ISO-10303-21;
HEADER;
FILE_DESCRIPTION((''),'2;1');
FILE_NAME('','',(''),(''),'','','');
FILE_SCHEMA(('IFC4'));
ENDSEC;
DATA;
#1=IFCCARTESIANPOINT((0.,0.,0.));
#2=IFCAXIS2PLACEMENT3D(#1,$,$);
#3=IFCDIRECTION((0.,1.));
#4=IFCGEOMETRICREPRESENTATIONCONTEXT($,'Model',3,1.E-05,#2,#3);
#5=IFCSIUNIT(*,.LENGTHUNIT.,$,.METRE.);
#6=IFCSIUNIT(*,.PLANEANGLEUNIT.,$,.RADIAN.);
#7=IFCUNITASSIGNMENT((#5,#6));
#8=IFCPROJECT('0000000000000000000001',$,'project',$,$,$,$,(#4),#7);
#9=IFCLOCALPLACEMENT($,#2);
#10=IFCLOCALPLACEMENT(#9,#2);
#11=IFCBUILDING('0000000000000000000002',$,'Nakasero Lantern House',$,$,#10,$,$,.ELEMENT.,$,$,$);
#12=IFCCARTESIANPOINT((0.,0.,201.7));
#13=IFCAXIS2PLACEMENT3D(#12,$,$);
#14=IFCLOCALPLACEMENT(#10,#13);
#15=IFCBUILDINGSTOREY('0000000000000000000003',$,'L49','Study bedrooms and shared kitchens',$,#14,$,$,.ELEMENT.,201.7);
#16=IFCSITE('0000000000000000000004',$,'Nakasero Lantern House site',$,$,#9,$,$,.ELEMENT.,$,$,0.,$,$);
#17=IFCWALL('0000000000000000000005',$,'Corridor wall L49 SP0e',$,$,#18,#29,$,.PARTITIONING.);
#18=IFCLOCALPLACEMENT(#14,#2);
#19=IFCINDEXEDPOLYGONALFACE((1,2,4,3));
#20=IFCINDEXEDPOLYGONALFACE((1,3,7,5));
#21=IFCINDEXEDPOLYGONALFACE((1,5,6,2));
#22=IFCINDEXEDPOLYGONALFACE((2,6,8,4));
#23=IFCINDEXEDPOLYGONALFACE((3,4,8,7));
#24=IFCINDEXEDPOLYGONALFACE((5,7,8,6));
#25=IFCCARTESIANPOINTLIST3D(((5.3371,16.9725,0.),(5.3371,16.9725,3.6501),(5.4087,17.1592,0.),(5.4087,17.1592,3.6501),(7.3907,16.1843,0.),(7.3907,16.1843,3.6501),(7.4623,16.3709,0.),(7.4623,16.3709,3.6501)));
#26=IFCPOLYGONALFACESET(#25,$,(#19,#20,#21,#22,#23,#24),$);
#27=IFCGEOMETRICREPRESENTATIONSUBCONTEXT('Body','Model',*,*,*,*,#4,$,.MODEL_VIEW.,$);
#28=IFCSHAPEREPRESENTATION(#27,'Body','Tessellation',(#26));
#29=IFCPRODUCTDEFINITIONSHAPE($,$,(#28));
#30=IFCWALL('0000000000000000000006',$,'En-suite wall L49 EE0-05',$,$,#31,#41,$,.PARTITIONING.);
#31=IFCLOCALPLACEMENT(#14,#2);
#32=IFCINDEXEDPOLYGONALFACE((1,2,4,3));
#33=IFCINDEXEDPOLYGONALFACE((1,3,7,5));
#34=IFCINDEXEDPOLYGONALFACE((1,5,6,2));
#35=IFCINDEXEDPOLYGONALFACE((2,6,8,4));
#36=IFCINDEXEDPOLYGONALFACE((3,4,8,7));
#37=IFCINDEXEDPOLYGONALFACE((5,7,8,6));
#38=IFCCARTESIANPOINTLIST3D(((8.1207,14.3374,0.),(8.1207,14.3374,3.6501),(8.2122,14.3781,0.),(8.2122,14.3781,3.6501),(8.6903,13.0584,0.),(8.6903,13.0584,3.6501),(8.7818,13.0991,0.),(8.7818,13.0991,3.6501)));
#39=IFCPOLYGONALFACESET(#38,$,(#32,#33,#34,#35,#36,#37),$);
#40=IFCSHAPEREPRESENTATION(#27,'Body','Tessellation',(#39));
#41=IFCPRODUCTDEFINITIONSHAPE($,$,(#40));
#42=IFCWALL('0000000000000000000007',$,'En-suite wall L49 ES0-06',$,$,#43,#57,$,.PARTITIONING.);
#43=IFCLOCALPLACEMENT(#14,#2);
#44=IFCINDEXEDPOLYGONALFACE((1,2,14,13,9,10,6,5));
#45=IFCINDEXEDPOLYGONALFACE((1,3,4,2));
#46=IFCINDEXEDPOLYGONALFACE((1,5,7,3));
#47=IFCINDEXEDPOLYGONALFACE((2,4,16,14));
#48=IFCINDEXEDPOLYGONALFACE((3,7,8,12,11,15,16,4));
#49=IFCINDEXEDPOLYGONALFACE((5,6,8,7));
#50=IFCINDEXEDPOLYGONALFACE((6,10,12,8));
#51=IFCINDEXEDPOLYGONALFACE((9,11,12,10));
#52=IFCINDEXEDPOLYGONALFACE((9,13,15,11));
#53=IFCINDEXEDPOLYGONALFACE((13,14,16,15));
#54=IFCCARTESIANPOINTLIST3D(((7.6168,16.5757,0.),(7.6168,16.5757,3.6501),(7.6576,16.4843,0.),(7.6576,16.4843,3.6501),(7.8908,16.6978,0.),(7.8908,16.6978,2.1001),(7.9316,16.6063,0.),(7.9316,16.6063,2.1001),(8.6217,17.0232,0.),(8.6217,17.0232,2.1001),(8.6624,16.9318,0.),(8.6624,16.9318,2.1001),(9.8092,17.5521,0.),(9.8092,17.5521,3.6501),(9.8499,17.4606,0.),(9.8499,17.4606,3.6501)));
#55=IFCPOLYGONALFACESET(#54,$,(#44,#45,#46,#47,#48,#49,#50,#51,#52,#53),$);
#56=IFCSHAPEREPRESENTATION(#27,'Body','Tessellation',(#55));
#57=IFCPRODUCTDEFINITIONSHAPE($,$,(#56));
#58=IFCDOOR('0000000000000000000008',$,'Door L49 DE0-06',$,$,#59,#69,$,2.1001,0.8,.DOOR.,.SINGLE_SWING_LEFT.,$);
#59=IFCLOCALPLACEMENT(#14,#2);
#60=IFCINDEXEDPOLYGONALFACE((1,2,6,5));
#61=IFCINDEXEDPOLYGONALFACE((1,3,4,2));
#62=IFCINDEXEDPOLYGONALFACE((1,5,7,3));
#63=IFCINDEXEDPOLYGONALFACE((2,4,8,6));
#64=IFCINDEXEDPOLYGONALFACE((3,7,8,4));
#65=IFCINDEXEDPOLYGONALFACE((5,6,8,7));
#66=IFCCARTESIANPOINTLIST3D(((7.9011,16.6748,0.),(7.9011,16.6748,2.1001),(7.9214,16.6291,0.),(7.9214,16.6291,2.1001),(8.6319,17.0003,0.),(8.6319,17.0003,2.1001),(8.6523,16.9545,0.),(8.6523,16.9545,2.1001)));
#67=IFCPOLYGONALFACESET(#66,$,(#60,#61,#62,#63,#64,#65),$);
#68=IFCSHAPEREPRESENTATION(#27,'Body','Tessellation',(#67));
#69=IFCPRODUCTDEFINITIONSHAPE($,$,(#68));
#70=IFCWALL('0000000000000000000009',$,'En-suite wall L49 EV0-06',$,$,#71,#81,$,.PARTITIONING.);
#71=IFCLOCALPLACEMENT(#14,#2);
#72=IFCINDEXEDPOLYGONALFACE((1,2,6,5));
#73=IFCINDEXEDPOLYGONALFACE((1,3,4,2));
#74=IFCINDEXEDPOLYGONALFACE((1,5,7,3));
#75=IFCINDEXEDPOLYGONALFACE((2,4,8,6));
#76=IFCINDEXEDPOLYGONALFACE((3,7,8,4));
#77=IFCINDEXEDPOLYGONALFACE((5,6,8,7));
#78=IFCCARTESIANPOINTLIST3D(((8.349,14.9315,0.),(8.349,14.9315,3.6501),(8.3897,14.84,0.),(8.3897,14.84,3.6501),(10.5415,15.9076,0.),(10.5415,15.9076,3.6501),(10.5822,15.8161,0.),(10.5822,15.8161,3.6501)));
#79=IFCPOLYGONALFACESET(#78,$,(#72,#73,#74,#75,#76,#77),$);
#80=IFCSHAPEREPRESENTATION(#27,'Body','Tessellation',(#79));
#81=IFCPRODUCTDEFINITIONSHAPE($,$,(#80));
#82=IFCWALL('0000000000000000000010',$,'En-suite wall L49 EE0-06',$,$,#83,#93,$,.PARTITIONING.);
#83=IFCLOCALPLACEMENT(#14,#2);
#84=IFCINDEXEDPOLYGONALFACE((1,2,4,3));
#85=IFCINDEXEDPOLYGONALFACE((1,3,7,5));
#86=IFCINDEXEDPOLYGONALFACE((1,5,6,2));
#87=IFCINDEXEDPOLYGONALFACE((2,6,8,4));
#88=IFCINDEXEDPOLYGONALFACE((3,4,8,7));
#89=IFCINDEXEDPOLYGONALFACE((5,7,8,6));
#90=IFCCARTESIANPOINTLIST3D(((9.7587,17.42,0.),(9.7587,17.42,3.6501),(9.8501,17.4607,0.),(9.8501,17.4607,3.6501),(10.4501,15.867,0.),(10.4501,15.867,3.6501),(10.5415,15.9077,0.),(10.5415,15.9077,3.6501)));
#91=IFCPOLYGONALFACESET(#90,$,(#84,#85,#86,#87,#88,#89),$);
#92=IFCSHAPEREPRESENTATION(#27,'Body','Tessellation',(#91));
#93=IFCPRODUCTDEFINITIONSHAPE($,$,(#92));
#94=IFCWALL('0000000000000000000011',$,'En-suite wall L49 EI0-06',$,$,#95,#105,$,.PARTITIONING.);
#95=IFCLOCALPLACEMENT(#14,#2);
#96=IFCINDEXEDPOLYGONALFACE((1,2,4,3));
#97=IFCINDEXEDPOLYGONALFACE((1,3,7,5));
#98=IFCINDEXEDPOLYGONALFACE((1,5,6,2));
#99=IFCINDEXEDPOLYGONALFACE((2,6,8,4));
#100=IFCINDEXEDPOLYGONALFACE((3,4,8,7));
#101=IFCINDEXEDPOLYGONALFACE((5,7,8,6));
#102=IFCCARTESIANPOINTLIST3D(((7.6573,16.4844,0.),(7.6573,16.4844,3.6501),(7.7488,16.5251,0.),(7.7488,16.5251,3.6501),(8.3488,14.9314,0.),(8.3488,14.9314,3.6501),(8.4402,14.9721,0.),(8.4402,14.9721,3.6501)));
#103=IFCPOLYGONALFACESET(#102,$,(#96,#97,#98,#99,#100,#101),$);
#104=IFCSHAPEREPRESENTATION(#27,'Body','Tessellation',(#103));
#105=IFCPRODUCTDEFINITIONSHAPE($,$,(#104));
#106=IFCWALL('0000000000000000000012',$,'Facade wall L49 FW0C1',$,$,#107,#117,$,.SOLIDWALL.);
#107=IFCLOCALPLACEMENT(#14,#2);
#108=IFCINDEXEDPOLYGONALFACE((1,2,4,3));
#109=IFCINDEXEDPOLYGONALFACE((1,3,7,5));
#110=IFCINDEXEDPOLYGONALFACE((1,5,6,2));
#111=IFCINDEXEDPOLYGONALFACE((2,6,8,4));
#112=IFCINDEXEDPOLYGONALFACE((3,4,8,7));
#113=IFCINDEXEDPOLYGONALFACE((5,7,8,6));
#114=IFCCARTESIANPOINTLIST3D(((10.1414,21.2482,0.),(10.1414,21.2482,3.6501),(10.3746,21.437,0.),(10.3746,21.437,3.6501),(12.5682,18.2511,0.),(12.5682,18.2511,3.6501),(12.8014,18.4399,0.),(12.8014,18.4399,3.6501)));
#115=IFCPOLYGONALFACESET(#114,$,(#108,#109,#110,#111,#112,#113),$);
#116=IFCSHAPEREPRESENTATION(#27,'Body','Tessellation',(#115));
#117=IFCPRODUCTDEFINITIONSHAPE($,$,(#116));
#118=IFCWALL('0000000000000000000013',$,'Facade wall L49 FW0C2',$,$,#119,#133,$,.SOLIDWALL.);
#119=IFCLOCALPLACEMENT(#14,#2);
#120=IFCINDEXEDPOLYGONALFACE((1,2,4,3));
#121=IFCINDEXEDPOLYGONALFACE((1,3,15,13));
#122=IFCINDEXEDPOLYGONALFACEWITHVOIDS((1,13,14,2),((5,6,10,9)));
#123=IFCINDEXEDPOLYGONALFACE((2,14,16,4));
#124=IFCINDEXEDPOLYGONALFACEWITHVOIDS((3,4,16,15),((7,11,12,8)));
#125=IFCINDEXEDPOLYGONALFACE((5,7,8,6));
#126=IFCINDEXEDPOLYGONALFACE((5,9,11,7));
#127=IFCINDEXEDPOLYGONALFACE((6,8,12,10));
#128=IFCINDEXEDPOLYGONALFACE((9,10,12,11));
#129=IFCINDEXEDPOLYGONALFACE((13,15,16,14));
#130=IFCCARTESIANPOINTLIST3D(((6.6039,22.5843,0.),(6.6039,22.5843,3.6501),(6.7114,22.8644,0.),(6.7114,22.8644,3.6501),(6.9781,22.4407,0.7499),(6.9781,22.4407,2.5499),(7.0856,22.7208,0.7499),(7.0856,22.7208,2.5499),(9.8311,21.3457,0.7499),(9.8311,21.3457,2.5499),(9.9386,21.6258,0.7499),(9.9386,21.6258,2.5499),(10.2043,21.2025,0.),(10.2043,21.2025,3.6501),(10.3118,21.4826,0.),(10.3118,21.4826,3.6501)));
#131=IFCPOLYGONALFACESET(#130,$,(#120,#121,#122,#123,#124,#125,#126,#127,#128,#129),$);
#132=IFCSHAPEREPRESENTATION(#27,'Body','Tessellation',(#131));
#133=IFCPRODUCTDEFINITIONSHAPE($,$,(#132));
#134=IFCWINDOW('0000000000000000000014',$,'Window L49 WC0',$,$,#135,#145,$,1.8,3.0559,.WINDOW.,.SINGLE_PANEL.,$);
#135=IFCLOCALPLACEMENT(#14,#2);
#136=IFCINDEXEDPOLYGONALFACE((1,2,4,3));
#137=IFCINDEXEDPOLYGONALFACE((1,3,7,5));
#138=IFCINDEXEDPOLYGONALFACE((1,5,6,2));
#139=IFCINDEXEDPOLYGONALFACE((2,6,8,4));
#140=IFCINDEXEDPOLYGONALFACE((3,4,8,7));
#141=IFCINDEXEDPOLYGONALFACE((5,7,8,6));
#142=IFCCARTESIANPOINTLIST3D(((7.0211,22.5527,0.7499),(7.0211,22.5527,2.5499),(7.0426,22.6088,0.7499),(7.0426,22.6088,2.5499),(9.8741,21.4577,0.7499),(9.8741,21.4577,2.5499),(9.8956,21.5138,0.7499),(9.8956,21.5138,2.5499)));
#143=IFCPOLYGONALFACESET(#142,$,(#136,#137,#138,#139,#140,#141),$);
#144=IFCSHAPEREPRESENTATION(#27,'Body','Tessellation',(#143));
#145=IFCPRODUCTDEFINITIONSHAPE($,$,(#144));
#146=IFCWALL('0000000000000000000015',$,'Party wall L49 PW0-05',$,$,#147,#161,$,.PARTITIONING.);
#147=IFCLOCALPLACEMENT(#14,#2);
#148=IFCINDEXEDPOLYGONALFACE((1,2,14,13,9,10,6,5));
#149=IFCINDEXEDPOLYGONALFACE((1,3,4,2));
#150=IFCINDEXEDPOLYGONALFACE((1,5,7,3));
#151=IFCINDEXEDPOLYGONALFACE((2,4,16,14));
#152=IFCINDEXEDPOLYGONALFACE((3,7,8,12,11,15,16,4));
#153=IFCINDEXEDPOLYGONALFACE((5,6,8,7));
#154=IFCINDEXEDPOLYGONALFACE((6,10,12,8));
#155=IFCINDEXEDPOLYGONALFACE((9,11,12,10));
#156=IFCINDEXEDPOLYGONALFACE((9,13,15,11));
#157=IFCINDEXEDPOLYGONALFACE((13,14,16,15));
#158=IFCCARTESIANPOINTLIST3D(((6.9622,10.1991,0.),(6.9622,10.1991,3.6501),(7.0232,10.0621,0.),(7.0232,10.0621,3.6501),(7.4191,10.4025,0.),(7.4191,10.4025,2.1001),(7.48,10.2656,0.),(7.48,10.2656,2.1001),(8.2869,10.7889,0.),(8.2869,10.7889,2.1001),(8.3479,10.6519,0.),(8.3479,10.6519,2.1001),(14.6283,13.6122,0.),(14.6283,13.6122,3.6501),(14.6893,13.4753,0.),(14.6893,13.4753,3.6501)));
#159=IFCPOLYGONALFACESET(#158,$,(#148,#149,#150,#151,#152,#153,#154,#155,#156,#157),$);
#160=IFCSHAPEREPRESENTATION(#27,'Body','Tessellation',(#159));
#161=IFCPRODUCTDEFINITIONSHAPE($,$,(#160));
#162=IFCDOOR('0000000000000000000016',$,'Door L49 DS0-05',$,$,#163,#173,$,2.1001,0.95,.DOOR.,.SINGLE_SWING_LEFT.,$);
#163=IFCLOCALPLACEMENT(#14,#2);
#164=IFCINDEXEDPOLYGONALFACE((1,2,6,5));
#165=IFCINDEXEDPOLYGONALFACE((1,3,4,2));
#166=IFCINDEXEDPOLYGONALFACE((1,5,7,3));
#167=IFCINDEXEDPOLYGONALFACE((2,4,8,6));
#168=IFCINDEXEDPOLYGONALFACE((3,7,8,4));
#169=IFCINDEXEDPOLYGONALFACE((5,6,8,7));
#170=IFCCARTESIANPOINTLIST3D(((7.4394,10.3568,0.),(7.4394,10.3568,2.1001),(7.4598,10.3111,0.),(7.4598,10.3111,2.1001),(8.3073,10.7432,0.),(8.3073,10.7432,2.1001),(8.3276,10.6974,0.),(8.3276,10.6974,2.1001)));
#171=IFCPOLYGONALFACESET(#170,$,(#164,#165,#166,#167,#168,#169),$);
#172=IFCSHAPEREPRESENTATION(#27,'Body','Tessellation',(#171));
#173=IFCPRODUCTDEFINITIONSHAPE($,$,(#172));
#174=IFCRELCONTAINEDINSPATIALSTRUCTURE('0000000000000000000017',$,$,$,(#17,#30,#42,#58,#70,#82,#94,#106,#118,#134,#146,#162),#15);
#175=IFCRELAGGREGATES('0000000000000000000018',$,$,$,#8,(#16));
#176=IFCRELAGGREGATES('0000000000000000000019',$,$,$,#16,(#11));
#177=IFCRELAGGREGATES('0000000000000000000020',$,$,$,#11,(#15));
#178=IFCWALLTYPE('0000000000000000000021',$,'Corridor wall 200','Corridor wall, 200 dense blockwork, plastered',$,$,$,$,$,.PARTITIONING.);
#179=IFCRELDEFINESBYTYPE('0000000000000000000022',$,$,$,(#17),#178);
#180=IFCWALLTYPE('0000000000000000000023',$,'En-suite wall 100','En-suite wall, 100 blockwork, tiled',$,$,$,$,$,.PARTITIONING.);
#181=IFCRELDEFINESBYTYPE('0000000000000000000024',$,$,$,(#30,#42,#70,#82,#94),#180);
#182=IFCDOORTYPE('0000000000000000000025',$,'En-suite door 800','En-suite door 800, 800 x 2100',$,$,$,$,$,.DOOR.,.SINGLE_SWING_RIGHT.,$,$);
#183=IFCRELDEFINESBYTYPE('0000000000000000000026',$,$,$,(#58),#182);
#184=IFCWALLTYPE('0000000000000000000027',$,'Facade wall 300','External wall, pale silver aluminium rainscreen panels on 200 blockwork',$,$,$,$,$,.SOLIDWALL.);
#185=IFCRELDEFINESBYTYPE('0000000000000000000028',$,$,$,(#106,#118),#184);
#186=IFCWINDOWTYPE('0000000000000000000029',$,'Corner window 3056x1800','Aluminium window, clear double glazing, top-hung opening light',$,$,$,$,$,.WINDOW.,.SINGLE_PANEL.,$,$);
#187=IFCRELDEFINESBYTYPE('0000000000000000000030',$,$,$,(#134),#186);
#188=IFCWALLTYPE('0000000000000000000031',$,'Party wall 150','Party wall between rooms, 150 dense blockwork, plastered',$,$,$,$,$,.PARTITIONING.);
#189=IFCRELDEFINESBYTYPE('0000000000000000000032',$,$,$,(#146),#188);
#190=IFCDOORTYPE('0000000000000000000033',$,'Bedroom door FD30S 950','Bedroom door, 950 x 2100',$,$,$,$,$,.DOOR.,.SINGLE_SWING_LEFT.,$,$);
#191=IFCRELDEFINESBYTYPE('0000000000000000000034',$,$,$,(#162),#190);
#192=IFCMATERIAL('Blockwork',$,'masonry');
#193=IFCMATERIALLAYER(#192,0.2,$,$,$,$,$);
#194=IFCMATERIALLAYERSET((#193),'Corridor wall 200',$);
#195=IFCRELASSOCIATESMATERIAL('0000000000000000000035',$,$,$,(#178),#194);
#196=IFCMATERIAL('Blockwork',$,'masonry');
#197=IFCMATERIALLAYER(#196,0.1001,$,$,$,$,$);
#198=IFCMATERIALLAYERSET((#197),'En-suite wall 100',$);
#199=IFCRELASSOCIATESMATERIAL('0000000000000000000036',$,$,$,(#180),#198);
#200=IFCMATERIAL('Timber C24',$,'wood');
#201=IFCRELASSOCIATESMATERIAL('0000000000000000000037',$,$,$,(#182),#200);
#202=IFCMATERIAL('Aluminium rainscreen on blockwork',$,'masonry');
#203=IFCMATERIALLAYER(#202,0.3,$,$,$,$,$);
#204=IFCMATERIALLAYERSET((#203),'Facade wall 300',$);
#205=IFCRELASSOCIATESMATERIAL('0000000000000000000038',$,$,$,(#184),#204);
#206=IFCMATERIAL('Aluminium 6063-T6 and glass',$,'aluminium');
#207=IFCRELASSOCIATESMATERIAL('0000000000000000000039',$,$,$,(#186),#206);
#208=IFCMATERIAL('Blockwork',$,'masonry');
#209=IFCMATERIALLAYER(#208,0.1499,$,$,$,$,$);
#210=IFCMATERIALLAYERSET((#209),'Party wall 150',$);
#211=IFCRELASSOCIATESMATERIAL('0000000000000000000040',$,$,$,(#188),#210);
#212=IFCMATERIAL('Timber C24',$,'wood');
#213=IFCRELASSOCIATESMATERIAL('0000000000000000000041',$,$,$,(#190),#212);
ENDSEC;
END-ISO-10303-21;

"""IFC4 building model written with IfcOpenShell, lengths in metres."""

from ifc_helpers import new_model, si_unit, direction, frame, frame_2d, origin, place, context, subcontext, project, spatial, rectangle, extrude, material, layer, layer_set, type_object, element, fill, save


model = new_model("IFC4")

# Units and contexts
model_context = context("Model", 3, precision=1e-05, world=origin(), true_north=direction((0.0, 1.0)))
body_context = subcontext(model_context, "Body", "Model", "MODEL_VIEW")
ifc_project = project(units=[si_unit("LENGTHUNIT", "METRE"), si_unit("PLANEANGLEUNIT", "RADIAN")], contexts=[model_context])

# Site, building, storey
site_placement = place(None, origin())
site = spatial("IfcSite", under=ifc_project, at=site_placement, Name="Nakasero Lantern House site", CompositionType="ELEMENT", RefElevation=0.0)
building_placement = place(site_placement, origin())
building = spatial("IfcBuilding", under=site, at=building_placement, Name="Nakasero Lantern House", CompositionType="ELEMENT")
storey_placement = place(building_placement, frame((0.0, 0.0, 201.7)))
storey = spatial("IfcBuildingStorey", under=building, at=storey_placement, Name="L49", Description="Study bedrooms and shared kitchens", CompositionType="ELEMENT", Elevation=201.7)

# Walls
ifc_material_1 = material(Name="Blockwork", Category="masonry")
ifc_layer_1 = layer(ifc_material_1, 0.2)
ifc_layer_set_1 = layer_set([ifc_layer_1], Name="Corridor wall 200")
wall_type_1 = type_object("IfcWallType", Name="Corridor wall 200", Description="Corridor wall, 200 dense blockwork, plastered", PredefinedType="PARTITIONING", material=ifc_layer_set_1)
wall_1_placement = place(storey_placement, frame((7.4265, 16.2776, 0.0), z_axis=(0.0, 0.0, 1.0), x_axis=(-0.933583, 0.358362, 0.0)))
element("IfcWall", 1, at=wall_1_placement, inside=storey, type_object=wall_type_1, Name="Corridor wall L49 SP0e", PredefinedType="PARTITIONING", context=body_context, shape_type="SweptSolid", body=[
    extrude(rectangle(XDim=2.1997, YDim=0.2, at=frame_2d((1.0999, 0.0))), origin(), (0.0, 0.0, 1.0), 3.6501),
])
ifc_material_2 = material(Name="Blockwork", Category="masonry")
ifc_layer_2 = layer(ifc_material_2, 0.1001)
ifc_layer_set_2 = layer_set([ifc_layer_2], Name="En-suite wall 100")
wall_type_2 = type_object("IfcWallType", Name="En-suite wall 100", Description="En-suite wall, 100 blockwork, tiled", PredefinedType="PARTITIONING", material=ifc_layer_set_2)
wall_2_placement = place(storey_placement, frame((8.7361, 13.0786, 0.0), z_axis=(0.0, 0.0, 1.0), x_axis=(-0.406802, 0.913516, 0.0)))
element("IfcWall", 2, at=wall_2_placement, inside=storey, type_object=wall_type_2, Name="En-suite wall L49 EE0-05", PredefinedType="PARTITIONING", context=body_context, shape_type="SweptSolid", body=[
    extrude(rectangle(XDim=1.4001, YDim=0.1001, at=frame_2d((0.7002, 0.0))), origin(), (0.0, 0.0, 1.0), 3.6501),
])

# Wall, opening, door
wall_3_placement = place(storey_placement, frame((7.6372, 16.53, 0.0), z_axis=(0.0, 0.0, 1.0), x_axis=(0.913513, 0.406809, 0.0)))
wall_3 = element("IfcWall", 3, at=wall_3_placement, inside=storey, type_object=wall_type_2, Name="En-suite wall L49 ES0-06", PredefinedType="PARTITIONING", context=body_context, shape_type="SweptSolid", body=[
    extrude(rectangle(XDim=2.3999, YDim=0.1001, at=frame_2d((1.2, 0.0))), origin(), (0.0, 0.0, 1.0), 3.6501),
])
opening_1_placement = place(wall_3_placement, frame((0.3, 0.0, 0.0)))
opening_1 = element("IfcOpeningElement", 4, at=opening_1_placement, cuts=wall_3, PredefinedType="OPENING", context=body_context, shape_type="SweptSolid", body=[
    extrude(rectangle(XDim=0.8, YDim=2.1001, at=frame_2d((0.3999, 1.05))), frame((0.0, 0.0701, 0.0), z_axis=(0.0, -1.0, 0.0), x_axis=(1.0, 0.0, 0.0)), (0.0, 0.0, 1.0), 0.1401),
])
ifc_material_3 = material(Name="Timber C24", Category="wood")
door_type_1 = type_object("IfcDoorType", Name="En-suite door 800", Description="En-suite door 800, 800 x 2100", OperationType="SINGLE_SWING_RIGHT", PredefinedType="DOOR", material=ifc_material_3)
door_1_placement = place(opening_1_placement, origin())
door_1 = element("IfcDoor", 5, at=door_1_placement, inside=storey, type_object=door_type_1, Name="Door L49 DE0-06", OperationType="SINGLE_SWING_LEFT", OverallHeight=2.1001, OverallWidth=0.8, PredefinedType="DOOR", context=body_context, shape_type="SweptSolid", body=[
    extrude(rectangle(XDim=0.8, YDim=2.1001, at=frame_2d((0.3999, 1.05))), frame((0.0, 0.0249, 0.0), z_axis=(0.0, -1.0, 0.0), x_axis=(1.0, 0.0, 0.0)), (0.0, 0.0, 1.0), 0.05),
])
fill(opening_1, door_1)

# Walls
wall_4_placement = place(storey_placement, frame((8.3694, 14.8857, 0.0), z_axis=(0.0, 0.0, 1.0), x_axis=(0.913551, 0.406724, 0.0)))
element("IfcWall", 6, at=wall_4_placement, inside=storey, type_object=wall_type_2, Name="En-suite wall L49 EV0-06", PredefinedType="PARTITIONING", context=body_context, shape_type="SweptSolid", body=[
    extrude(rectangle(XDim=2.3999, YDim=0.1001, at=frame_2d((1.2, 0.0))), origin(), (0.0, 0.0, 1.0), 3.6501),
])
for number, where, z_axis, x_axis, name in (
    (7, (10.4958, 15.8872, 0.0), (0.0, 0.0, 1.0), (-0.406725, 0.913551, 0.0), "En-suite wall L49 EE0-06"),
    (8, (8.3945, 14.9517, 0.0), (0.0, 0.0, 1.0), (-0.406725, 0.913551, 0.0), "En-suite wall L49 EI0-06"),
):
    element("IfcWall", number, at=place(storey_placement, frame(where, z_axis=z_axis, x_axis=x_axis)), inside=storey, type_object=wall_type_2, Name=name, PredefinedType="PARTITIONING", context=body_context, shape_type="SweptSolid", body=[
        extrude(rectangle(XDim=1.7, YDim=0.1001, at=frame_2d((0.8501, 0.0))), origin(), (0.0, 0.0, 1.0), 3.6501),
    ])
ifc_material_4 = material(Name="Aluminium rainscreen on blockwork", Category="masonry")
ifc_layer_3 = layer(ifc_material_4, 0.3)
ifc_layer_set_3 = layer_set([ifc_layer_3], Name="Facade wall 300")
wall_type_3 = type_object("IfcWallType", Name="Facade wall 300", Description="External wall, pale silver aluminium rainscreen panels on 200 blockwork", PredefinedType="SOLIDWALL", material=ifc_layer_set_3)
wall_5_placement = place(storey_placement, frame((12.6848, 18.3455, 0.0), z_axis=(0.0, 0.0, 1.0), x_axis=(-0.629286, 0.777174, 0.0)))
element("IfcWall", 9, at=wall_5_placement, inside=storey, type_object=wall_type_3, Name="Facade wall L49 FW0C1", PredefinedType="SOLIDWALL", context=body_context, shape_type="SweptSolid", body=[
    extrude(rectangle(XDim=3.8564, YDim=0.3, at=frame_2d((1.9282, 0.0))), origin(), (0.0, 0.0, 1.0), 3.6501),
])

# Wall, opening, window
wall_6_placement = place(storey_placement, frame((10.2581, 21.3425, 0.0), z_axis=(0.0, 0.0, 1.0), x_axis=(-0.933598, 0.358321, 0.0)))
wall_6 = element("IfcWall", 10, at=wall_6_placement, inside=storey, type_object=wall_type_3, Name="Facade wall L49 FW0C2", PredefinedType="SOLIDWALL", context=body_context, shape_type="SweptSolid", body=[
    extrude(rectangle(XDim=3.8564, YDim=0.3, at=frame_2d((1.9282, 0.0))), origin(), (0.0, 0.0, 1.0), 3.6501),
])
opening_2_placement = place(wall_6_placement, frame((0.3999, 0.0, 0.75)))
opening_2 = element("IfcOpeningElement", 11, at=opening_2_placement, cuts=wall_6, PredefinedType="OPENING", context=body_context, shape_type="SweptSolid", body=[
    extrude(rectangle(XDim=3.0559, YDim=1.8, at=frame_2d((1.5278, 0.8999))), frame((0.0, 0.1699, 0.0), z_axis=(0.0, -1.0, 0.0), x_axis=(1.0, 0.0, 0.0)), (0.0, 0.0, 1.0), 0.3401),
])
ifc_material_5 = material(Name="Aluminium 6063-T6 and glass", Category="aluminium")
window_type = type_object("IfcWindowType", Name="Corner window 3056x1800", Description="Aluminium window, clear double glazing, top-hung opening light", PartitioningType="SINGLE_PANEL", PredefinedType="WINDOW", material=ifc_material_5)
window_placement = place(opening_2_placement, origin())
window = element("IfcWindow", 12, at=window_placement, inside=storey, type_object=window_type, Name="Window L49 WC0", OverallHeight=1.8, OverallWidth=3.0559, PartitioningType="SINGLE_PANEL", PredefinedType="WINDOW", context=body_context, shape_type="SweptSolid", body=[
    extrude(rectangle(XDim=3.0559, YDim=1.8, at=frame_2d((1.5278, 0.8999))), frame((0.0, 0.03, 0.0), z_axis=(0.0, -1.0, 0.0), x_axis=(1.0, 0.0, 0.0)), (0.0, 0.0, 1.0), 0.0601),
])
fill(opening_2, window)

# Wall, opening, door
ifc_material_6 = material(Name="Blockwork", Category="masonry")
ifc_layer_4 = layer(ifc_material_6, 0.1499)
ifc_layer_set_4 = layer_set([ifc_layer_4], Name="Party wall 150")
wall_type_4 = type_object("IfcWallType", Name="Party wall 150", Description="Party wall between rooms, 150 dense blockwork, plastered", PredefinedType="PARTITIONING", material=ifc_layer_set_4)
wall_7_placement = place(storey_placement, frame((6.9927, 10.1306, 0.0), z_axis=(0.0, 0.0, 1.0), x_axis=(0.913547, 0.406732, 0.0)))
wall_7 = element("IfcWall", 13, at=wall_7_placement, inside=storey, type_object=wall_type_4, Name="Party wall L49 PW0-05", PredefinedType="PARTITIONING", context=body_context, shape_type="SweptSolid", body=[
    extrude(rectangle(XDim=8.3916, YDim=0.1499, at=frame_2d((4.1958, 0.0))), origin(), (0.0, 0.0, 1.0), 3.6501),
])
opening_3_placement = place(wall_7_placement, frame((0.5, 0.0, 0.0)))
opening_3 = element("IfcOpeningElement", 14, at=opening_3_placement, cuts=wall_7, PredefinedType="OPENING", context=body_context, shape_type="SweptSolid", body=[
    extrude(rectangle(XDim=0.95, YDim=2.1001, at=frame_2d((0.4751, 1.05))), frame((0.0, 0.095, 0.0), z_axis=(0.0, -1.0, 0.0), x_axis=(1.0, 0.0, 0.0)), (0.0, 0.0, 1.0), 0.1899),
])
ifc_material_7 = material(Name="Timber C24", Category="wood")
door_type_2 = type_object("IfcDoorType", Name="Bedroom door FD30S 950", Description="Bedroom door, 950 x 2100", OperationType="SINGLE_SWING_LEFT", PredefinedType="DOOR", material=ifc_material_7)
door_2_placement = place(opening_3_placement, origin())
door_2 = element("IfcDoor", 15, at=door_2_placement, inside=storey, type_object=door_type_2, Name="Door L49 DS0-05", OperationType="SINGLE_SWING_LEFT", OverallHeight=2.1001, OverallWidth=0.95, PredefinedType="DOOR", context=body_context, shape_type="SweptSolid", body=[
    extrude(rectangle(XDim=0.95, YDim=2.1001, at=frame_2d((0.4751, 1.05))), frame((0.0, 0.0249, 0.0), z_axis=(0.0, -1.0, 0.0), x_axis=(1.0, 0.0, 0.0)), (0.0, 0.0, 1.0), 0.05),
])
fill(opening_3, door_2)

save(model, "model.ifc")
